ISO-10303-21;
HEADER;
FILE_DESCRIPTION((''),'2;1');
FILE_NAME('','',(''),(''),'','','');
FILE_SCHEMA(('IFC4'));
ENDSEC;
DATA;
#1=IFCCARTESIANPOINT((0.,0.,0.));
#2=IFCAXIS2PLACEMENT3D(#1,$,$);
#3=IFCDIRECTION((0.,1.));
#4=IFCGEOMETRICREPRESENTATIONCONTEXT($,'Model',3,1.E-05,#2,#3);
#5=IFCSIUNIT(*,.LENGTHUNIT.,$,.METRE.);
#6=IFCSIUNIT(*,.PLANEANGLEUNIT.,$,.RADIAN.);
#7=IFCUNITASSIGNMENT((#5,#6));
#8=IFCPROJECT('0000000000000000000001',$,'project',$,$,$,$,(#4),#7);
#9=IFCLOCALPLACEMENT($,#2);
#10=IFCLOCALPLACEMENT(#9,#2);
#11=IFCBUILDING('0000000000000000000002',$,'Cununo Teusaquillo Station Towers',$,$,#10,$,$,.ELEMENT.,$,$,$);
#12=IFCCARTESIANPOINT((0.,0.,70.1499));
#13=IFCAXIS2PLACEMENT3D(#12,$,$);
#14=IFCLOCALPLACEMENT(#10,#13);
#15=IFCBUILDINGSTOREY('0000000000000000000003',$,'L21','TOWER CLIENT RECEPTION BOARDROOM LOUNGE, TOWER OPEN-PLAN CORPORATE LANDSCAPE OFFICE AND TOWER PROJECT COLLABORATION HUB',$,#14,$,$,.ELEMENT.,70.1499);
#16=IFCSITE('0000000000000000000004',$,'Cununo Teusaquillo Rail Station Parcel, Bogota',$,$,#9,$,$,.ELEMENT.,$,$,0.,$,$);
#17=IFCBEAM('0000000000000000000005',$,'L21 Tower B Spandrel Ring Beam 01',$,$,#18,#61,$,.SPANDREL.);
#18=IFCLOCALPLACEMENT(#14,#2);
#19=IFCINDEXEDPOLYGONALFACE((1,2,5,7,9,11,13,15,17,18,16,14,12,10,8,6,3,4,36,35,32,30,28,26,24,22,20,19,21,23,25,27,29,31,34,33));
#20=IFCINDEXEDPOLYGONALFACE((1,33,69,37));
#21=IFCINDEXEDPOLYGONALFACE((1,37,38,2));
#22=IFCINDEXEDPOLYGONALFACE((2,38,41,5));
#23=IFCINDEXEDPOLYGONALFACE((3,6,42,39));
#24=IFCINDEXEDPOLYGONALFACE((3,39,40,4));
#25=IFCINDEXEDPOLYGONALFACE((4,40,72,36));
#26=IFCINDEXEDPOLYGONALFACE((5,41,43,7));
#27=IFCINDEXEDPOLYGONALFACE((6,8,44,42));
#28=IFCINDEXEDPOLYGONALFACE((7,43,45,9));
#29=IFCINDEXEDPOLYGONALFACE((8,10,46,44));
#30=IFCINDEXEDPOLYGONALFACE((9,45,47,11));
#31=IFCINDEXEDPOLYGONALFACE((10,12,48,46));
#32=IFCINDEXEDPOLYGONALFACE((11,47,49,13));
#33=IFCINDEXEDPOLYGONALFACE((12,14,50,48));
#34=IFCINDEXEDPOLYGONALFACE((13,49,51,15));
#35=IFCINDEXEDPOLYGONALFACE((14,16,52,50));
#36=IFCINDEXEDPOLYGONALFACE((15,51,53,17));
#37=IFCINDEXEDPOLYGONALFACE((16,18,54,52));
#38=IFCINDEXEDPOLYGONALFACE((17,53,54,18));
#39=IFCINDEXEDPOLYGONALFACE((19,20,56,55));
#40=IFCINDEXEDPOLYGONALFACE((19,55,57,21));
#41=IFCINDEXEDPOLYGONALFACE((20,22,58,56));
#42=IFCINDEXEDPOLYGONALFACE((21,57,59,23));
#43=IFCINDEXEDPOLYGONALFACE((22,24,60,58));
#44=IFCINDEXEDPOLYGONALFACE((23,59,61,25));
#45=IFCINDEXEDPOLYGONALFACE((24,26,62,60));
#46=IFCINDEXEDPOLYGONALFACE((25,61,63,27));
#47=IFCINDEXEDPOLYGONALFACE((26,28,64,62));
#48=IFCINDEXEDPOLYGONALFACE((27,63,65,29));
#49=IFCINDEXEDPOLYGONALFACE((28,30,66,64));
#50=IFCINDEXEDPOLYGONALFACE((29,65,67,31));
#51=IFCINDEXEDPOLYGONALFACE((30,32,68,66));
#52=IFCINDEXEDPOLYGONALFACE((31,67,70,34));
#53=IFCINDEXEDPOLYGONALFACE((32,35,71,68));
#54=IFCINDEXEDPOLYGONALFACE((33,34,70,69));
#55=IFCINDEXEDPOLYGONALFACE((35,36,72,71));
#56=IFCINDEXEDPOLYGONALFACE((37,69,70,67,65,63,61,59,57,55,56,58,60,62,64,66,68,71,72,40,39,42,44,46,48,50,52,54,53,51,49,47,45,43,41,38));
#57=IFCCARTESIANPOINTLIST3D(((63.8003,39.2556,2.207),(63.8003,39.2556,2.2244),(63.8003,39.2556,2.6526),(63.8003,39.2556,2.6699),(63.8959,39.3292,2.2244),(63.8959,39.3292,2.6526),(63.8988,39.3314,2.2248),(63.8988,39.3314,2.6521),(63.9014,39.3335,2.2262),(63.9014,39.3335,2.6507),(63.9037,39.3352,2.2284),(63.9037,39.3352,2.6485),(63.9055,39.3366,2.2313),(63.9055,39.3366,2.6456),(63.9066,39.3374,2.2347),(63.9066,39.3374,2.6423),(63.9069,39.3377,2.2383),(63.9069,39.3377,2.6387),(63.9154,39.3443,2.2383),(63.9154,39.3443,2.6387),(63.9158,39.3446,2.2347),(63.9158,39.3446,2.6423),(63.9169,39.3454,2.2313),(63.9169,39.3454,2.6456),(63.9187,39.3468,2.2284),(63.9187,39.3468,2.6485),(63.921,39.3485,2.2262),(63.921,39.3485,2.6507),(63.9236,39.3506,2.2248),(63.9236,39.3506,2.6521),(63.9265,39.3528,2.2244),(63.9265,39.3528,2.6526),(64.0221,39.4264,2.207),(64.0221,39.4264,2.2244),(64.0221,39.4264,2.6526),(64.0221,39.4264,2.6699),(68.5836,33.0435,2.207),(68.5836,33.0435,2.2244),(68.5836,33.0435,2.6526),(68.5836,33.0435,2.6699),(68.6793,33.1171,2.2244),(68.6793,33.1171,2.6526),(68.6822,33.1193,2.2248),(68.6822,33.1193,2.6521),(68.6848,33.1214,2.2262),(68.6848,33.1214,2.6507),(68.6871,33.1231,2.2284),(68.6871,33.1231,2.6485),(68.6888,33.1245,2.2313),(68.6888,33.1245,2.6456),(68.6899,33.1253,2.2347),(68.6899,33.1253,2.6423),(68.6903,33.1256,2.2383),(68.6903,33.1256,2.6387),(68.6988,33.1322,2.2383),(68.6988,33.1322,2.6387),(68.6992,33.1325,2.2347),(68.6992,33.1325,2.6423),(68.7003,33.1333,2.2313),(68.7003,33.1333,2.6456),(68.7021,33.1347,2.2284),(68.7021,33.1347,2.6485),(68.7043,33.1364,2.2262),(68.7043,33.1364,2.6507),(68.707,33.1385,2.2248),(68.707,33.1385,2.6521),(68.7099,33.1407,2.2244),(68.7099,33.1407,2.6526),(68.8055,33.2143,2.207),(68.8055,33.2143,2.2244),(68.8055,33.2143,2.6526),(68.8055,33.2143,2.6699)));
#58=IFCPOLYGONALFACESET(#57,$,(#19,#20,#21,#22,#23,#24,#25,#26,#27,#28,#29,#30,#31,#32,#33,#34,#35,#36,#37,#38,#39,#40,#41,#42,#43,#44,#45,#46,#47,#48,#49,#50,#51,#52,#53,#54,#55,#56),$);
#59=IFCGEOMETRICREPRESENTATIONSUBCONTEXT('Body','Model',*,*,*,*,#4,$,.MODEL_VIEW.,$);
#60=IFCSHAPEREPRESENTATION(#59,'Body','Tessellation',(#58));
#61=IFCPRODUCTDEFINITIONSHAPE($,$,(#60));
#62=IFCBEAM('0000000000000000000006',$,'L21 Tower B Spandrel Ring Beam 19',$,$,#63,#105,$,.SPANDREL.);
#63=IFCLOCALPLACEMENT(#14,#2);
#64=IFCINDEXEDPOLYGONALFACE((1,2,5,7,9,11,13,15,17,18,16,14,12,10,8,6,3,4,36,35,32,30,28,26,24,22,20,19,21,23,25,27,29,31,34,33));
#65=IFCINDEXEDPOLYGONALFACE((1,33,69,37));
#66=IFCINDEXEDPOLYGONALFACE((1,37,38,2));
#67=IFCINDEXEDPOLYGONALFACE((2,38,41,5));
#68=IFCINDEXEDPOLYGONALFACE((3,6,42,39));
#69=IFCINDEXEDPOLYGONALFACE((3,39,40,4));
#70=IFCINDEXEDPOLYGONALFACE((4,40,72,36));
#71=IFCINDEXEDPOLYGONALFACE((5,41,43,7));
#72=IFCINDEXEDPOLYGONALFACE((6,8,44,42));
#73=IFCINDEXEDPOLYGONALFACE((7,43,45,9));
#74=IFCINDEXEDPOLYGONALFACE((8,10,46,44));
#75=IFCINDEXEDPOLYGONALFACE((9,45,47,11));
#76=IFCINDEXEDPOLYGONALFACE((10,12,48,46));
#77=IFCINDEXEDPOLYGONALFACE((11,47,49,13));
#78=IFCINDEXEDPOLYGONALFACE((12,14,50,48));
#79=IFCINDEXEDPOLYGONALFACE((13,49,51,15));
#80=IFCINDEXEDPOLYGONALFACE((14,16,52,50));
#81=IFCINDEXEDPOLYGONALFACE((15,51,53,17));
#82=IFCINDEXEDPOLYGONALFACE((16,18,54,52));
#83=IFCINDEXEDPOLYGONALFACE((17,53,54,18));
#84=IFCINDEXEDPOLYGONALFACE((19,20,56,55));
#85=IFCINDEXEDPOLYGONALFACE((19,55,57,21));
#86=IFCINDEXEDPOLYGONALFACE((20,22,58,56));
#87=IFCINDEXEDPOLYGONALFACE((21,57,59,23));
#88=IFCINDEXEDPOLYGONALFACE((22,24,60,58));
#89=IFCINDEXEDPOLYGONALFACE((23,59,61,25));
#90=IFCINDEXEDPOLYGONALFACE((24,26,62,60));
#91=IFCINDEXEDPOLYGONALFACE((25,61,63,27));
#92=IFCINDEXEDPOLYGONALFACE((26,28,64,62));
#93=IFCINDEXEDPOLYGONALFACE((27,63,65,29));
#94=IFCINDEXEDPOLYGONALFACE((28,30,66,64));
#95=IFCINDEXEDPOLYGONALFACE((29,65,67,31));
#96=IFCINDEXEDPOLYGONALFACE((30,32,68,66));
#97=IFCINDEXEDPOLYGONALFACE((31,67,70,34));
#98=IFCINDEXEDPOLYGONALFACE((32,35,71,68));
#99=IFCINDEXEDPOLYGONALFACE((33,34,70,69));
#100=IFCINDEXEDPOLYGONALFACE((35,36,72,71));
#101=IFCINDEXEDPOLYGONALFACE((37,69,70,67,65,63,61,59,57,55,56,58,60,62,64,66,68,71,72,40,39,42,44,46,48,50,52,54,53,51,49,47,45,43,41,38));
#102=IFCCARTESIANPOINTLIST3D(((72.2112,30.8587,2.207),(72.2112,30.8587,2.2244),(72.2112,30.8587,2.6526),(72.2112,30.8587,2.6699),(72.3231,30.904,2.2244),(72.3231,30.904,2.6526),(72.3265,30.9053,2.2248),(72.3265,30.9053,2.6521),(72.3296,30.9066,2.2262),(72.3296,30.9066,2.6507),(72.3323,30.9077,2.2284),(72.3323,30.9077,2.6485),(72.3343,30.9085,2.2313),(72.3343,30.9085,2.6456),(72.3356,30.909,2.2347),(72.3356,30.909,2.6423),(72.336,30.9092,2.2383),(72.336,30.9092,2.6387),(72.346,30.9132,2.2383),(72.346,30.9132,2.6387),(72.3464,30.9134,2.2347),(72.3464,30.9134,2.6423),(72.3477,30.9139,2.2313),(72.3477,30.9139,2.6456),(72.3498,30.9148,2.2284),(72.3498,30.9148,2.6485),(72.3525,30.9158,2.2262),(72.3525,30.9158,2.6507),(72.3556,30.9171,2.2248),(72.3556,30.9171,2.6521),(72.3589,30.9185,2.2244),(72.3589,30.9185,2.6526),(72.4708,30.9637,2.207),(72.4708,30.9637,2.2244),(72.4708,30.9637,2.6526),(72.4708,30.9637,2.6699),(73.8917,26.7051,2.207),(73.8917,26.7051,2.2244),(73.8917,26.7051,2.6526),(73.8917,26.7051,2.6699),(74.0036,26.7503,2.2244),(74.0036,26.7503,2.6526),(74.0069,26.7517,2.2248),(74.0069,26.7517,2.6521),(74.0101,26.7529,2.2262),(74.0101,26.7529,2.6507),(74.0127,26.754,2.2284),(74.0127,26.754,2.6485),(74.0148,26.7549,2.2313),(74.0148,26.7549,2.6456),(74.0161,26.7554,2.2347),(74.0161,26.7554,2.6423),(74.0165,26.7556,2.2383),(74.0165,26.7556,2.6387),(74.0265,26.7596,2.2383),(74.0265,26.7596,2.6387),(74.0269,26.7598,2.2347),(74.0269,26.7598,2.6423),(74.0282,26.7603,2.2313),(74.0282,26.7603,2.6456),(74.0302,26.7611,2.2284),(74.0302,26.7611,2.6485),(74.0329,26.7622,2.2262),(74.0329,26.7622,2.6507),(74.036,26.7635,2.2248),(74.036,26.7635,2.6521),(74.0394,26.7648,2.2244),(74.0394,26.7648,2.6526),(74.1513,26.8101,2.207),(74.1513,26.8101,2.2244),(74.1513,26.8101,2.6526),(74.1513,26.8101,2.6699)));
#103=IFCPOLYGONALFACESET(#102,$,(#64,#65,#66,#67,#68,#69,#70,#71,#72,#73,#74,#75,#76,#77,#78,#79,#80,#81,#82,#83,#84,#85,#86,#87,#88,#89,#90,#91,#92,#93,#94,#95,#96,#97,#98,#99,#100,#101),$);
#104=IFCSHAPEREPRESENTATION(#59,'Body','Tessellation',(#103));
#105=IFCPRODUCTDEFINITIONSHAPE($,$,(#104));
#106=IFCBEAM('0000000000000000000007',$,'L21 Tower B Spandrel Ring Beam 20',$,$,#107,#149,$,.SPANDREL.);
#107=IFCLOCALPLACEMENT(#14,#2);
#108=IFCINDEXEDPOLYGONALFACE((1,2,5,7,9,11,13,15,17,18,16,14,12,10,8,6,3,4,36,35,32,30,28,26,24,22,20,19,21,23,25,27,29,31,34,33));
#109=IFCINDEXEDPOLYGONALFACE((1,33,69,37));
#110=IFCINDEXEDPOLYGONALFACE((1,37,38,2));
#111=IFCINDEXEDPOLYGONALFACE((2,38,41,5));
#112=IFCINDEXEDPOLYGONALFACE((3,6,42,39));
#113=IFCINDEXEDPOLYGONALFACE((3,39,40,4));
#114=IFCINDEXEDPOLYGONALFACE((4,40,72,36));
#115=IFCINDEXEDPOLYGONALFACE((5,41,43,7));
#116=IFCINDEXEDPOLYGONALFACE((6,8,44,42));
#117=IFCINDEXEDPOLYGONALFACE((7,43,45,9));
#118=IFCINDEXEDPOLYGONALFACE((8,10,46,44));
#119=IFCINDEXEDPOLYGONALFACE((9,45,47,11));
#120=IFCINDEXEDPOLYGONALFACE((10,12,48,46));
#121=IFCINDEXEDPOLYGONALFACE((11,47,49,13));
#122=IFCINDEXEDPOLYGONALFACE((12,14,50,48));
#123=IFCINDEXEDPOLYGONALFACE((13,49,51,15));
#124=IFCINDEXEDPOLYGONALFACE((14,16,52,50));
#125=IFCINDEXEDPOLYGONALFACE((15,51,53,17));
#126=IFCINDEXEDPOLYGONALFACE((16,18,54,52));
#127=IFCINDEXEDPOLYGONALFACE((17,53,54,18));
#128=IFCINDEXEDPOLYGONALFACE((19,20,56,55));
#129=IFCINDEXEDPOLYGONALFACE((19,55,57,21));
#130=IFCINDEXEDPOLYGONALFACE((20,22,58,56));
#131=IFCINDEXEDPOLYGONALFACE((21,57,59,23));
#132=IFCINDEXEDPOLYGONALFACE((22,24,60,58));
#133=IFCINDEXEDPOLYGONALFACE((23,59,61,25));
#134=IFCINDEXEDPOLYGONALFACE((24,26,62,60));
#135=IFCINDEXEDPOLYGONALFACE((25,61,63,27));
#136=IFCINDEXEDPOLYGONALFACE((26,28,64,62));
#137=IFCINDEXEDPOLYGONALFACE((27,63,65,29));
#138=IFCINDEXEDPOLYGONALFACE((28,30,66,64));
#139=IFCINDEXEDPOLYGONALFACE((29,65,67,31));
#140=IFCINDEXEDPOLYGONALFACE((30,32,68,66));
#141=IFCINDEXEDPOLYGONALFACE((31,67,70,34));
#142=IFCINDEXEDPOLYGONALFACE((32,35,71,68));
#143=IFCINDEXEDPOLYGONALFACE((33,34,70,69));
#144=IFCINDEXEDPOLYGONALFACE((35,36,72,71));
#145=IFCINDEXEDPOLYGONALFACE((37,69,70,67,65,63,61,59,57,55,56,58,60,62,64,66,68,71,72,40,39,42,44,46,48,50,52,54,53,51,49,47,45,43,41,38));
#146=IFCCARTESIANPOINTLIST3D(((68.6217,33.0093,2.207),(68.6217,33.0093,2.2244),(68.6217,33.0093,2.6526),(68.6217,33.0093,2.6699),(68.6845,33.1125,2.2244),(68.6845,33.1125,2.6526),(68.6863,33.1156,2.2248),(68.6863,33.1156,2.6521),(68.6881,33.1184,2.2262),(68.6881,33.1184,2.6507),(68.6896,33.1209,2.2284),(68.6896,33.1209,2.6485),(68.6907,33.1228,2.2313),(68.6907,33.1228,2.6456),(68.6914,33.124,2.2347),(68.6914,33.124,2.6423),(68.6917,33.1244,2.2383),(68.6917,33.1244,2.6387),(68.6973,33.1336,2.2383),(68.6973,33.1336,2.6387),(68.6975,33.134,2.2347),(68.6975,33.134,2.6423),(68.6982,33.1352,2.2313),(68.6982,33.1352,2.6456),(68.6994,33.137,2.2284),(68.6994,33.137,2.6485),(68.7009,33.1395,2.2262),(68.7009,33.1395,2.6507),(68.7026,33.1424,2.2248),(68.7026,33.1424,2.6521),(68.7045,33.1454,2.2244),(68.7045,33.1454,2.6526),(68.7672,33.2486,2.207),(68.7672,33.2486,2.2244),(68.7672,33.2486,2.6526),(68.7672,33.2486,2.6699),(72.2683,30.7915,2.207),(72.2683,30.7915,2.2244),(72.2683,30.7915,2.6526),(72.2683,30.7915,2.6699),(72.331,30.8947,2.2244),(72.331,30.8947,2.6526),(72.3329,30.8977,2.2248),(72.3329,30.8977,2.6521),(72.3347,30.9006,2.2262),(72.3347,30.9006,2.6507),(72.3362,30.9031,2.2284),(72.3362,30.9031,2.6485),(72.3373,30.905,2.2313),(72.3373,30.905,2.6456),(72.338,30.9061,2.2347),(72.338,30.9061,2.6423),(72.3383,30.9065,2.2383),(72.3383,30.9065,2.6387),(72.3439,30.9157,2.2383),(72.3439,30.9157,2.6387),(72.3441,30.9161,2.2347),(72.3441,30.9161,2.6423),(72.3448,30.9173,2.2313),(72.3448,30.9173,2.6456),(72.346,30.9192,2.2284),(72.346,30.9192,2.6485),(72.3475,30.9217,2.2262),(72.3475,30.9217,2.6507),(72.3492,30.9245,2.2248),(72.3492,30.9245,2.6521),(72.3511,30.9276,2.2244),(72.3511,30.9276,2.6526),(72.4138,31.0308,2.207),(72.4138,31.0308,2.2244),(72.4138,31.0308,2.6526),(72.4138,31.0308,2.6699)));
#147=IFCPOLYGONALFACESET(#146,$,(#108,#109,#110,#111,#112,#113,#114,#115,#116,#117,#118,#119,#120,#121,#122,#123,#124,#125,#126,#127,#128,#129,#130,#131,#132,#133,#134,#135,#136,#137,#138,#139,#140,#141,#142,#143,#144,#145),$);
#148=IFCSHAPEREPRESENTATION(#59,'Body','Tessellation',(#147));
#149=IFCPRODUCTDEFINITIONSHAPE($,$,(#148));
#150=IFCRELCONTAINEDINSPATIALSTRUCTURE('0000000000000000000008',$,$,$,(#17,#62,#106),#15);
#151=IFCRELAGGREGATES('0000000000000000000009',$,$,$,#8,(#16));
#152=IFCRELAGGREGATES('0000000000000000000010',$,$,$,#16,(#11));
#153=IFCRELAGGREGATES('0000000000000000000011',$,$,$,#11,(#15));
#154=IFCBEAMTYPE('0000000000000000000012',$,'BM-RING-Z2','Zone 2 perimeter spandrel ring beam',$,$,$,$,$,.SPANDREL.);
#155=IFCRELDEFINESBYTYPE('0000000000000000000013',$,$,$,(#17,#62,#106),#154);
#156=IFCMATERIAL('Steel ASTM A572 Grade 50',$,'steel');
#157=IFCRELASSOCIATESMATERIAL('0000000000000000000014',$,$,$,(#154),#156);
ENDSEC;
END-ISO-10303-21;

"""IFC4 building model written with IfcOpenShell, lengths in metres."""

from ifc_helpers import new_model, si_unit, direction, frame, origin, origin_2d, place, context, subcontext, project, spatial, i_section, extrude, material, material_profile, profile_set, type_object, element, save


model = new_model("IFC4")

# Units and contexts
model_context = context("Model", 3, precision=1e-05, world=origin(), true_north=direction((0.0, 1.0)))
body_context = subcontext(model_context, "Body", "Model", "MODEL_VIEW")
ifc_project = project(units=[si_unit("LENGTHUNIT", "METRE"), si_unit("PLANEANGLEUNIT", "RADIAN")], contexts=[model_context])

# Site, building, storey
site_placement = place(None, origin())
site = spatial("IfcSite", under=ifc_project, at=site_placement, Name="Cununo Teusaquillo Rail Station Parcel, Bogota", CompositionType="ELEMENT", RefElevation=0.0)
building_placement = place(site_placement, origin())
building = spatial("IfcBuilding", under=site, at=building_placement, Name="Cununo Teusaquillo Station Towers", CompositionType="ELEMENT")
storey_placement = place(building_placement, frame((0.0, 0.0, 70.1499)))
storey = spatial("IfcBuildingStorey", under=building, at=storey_placement, Name="L21", Description="TOWER CLIENT RECEPTION BOARDROOM LOUNGE, TOWER OPEN-PLAN CORPORATE LANDSCAPE OFFICE AND TOWER PROJECT COLLABORATION HUB", CompositionType="ELEMENT", Elevation=70.1499)

# Beams
ifc_material_1 = material(Name="Steel ASTM A572 Grade 50", Category="steel")
ifc_material_profile_1 = material_profile(ifc_material_1, i_section(OverallWidth=0.28, OverallDepth=0.4629, WebThickness=0.0107, FlangeThickness=0.0173, FilletRadius=0.0139, at=origin_2d()), Name="W18X76")
ifc_profile_set_1 = profile_set([ifc_material_profile_1], Name="Steel ASTM A572 Grade 50")
beam_type = type_object("IfcBeamType", Name="BM-RING-Z2", Description="Zone 2 perimeter spandrel ring beam", PredefinedType="SPANDREL", material=ifc_profile_set_1)
beam_1_placement = place(storey_placement, frame((68.6946, 33.1289, 2.4385), z_axis=(-0.6101, 0.792324, 0.0), x_axis=(-0.792324, -0.6101, 0.0)))
element("IfcBeam", 1, at=beam_1_placement, inside=storey, type_object=beam_type, Name="L21 Tower B Spandrel Ring Beam 01", PredefinedType="SPANDREL", context=body_context, shape_type="SweptSolid", body=[
    extrude(i_section(OverallWidth=0.28, OverallDepth=0.4629, WebThickness=0.0107, FlangeThickness=0.0173, FilletRadius=0.0139, at=origin_2d()), origin(), (0.0, 0.0, 1.0), 7.8403),
])
beam_2_placement = place(storey_placement, frame((74.0215, 26.7576, 2.4385), z_axis=(-0.375042, 0.927008, 0.0), x_axis=(-0.927008, -0.375042, 0.0)))
element("IfcBeam", 2, at=beam_2_placement, inside=storey, type_object=beam_type, Name="L21 Tower B Spandrel Ring Beam 19", PredefinedType="SPANDREL", context=body_context, shape_type="SweptSolid", body=[
    extrude(i_section(OverallWidth=0.28, OverallDepth=0.4629, WebThickness=0.0107, FlangeThickness=0.0173, FilletRadius=0.0139, at=origin_2d()), origin(), (0.0, 0.0, 1.0), 4.4807),
])
beam_3_placement = place(storey_placement, frame((72.3411, 30.9111, 2.4385), z_axis=(-0.854388, 0.519635, 0.0), x_axis=(-0.519635, -0.854388, 0.0)))
element("IfcBeam", 3, at=beam_3_placement, inside=storey, type_object=beam_type, Name="L21 Tower B Spandrel Ring Beam 20", PredefinedType="SPANDREL", context=body_context, shape_type="SweptSolid", body=[
    extrude(i_section(OverallWidth=0.28, OverallDepth=0.4629, WebThickness=0.0107, FlangeThickness=0.0173, FilletRadius=0.0139, at=origin_2d()), origin(), (0.0, 0.0, 1.0), 4.2681),
])

save(model, "model.ifc")
